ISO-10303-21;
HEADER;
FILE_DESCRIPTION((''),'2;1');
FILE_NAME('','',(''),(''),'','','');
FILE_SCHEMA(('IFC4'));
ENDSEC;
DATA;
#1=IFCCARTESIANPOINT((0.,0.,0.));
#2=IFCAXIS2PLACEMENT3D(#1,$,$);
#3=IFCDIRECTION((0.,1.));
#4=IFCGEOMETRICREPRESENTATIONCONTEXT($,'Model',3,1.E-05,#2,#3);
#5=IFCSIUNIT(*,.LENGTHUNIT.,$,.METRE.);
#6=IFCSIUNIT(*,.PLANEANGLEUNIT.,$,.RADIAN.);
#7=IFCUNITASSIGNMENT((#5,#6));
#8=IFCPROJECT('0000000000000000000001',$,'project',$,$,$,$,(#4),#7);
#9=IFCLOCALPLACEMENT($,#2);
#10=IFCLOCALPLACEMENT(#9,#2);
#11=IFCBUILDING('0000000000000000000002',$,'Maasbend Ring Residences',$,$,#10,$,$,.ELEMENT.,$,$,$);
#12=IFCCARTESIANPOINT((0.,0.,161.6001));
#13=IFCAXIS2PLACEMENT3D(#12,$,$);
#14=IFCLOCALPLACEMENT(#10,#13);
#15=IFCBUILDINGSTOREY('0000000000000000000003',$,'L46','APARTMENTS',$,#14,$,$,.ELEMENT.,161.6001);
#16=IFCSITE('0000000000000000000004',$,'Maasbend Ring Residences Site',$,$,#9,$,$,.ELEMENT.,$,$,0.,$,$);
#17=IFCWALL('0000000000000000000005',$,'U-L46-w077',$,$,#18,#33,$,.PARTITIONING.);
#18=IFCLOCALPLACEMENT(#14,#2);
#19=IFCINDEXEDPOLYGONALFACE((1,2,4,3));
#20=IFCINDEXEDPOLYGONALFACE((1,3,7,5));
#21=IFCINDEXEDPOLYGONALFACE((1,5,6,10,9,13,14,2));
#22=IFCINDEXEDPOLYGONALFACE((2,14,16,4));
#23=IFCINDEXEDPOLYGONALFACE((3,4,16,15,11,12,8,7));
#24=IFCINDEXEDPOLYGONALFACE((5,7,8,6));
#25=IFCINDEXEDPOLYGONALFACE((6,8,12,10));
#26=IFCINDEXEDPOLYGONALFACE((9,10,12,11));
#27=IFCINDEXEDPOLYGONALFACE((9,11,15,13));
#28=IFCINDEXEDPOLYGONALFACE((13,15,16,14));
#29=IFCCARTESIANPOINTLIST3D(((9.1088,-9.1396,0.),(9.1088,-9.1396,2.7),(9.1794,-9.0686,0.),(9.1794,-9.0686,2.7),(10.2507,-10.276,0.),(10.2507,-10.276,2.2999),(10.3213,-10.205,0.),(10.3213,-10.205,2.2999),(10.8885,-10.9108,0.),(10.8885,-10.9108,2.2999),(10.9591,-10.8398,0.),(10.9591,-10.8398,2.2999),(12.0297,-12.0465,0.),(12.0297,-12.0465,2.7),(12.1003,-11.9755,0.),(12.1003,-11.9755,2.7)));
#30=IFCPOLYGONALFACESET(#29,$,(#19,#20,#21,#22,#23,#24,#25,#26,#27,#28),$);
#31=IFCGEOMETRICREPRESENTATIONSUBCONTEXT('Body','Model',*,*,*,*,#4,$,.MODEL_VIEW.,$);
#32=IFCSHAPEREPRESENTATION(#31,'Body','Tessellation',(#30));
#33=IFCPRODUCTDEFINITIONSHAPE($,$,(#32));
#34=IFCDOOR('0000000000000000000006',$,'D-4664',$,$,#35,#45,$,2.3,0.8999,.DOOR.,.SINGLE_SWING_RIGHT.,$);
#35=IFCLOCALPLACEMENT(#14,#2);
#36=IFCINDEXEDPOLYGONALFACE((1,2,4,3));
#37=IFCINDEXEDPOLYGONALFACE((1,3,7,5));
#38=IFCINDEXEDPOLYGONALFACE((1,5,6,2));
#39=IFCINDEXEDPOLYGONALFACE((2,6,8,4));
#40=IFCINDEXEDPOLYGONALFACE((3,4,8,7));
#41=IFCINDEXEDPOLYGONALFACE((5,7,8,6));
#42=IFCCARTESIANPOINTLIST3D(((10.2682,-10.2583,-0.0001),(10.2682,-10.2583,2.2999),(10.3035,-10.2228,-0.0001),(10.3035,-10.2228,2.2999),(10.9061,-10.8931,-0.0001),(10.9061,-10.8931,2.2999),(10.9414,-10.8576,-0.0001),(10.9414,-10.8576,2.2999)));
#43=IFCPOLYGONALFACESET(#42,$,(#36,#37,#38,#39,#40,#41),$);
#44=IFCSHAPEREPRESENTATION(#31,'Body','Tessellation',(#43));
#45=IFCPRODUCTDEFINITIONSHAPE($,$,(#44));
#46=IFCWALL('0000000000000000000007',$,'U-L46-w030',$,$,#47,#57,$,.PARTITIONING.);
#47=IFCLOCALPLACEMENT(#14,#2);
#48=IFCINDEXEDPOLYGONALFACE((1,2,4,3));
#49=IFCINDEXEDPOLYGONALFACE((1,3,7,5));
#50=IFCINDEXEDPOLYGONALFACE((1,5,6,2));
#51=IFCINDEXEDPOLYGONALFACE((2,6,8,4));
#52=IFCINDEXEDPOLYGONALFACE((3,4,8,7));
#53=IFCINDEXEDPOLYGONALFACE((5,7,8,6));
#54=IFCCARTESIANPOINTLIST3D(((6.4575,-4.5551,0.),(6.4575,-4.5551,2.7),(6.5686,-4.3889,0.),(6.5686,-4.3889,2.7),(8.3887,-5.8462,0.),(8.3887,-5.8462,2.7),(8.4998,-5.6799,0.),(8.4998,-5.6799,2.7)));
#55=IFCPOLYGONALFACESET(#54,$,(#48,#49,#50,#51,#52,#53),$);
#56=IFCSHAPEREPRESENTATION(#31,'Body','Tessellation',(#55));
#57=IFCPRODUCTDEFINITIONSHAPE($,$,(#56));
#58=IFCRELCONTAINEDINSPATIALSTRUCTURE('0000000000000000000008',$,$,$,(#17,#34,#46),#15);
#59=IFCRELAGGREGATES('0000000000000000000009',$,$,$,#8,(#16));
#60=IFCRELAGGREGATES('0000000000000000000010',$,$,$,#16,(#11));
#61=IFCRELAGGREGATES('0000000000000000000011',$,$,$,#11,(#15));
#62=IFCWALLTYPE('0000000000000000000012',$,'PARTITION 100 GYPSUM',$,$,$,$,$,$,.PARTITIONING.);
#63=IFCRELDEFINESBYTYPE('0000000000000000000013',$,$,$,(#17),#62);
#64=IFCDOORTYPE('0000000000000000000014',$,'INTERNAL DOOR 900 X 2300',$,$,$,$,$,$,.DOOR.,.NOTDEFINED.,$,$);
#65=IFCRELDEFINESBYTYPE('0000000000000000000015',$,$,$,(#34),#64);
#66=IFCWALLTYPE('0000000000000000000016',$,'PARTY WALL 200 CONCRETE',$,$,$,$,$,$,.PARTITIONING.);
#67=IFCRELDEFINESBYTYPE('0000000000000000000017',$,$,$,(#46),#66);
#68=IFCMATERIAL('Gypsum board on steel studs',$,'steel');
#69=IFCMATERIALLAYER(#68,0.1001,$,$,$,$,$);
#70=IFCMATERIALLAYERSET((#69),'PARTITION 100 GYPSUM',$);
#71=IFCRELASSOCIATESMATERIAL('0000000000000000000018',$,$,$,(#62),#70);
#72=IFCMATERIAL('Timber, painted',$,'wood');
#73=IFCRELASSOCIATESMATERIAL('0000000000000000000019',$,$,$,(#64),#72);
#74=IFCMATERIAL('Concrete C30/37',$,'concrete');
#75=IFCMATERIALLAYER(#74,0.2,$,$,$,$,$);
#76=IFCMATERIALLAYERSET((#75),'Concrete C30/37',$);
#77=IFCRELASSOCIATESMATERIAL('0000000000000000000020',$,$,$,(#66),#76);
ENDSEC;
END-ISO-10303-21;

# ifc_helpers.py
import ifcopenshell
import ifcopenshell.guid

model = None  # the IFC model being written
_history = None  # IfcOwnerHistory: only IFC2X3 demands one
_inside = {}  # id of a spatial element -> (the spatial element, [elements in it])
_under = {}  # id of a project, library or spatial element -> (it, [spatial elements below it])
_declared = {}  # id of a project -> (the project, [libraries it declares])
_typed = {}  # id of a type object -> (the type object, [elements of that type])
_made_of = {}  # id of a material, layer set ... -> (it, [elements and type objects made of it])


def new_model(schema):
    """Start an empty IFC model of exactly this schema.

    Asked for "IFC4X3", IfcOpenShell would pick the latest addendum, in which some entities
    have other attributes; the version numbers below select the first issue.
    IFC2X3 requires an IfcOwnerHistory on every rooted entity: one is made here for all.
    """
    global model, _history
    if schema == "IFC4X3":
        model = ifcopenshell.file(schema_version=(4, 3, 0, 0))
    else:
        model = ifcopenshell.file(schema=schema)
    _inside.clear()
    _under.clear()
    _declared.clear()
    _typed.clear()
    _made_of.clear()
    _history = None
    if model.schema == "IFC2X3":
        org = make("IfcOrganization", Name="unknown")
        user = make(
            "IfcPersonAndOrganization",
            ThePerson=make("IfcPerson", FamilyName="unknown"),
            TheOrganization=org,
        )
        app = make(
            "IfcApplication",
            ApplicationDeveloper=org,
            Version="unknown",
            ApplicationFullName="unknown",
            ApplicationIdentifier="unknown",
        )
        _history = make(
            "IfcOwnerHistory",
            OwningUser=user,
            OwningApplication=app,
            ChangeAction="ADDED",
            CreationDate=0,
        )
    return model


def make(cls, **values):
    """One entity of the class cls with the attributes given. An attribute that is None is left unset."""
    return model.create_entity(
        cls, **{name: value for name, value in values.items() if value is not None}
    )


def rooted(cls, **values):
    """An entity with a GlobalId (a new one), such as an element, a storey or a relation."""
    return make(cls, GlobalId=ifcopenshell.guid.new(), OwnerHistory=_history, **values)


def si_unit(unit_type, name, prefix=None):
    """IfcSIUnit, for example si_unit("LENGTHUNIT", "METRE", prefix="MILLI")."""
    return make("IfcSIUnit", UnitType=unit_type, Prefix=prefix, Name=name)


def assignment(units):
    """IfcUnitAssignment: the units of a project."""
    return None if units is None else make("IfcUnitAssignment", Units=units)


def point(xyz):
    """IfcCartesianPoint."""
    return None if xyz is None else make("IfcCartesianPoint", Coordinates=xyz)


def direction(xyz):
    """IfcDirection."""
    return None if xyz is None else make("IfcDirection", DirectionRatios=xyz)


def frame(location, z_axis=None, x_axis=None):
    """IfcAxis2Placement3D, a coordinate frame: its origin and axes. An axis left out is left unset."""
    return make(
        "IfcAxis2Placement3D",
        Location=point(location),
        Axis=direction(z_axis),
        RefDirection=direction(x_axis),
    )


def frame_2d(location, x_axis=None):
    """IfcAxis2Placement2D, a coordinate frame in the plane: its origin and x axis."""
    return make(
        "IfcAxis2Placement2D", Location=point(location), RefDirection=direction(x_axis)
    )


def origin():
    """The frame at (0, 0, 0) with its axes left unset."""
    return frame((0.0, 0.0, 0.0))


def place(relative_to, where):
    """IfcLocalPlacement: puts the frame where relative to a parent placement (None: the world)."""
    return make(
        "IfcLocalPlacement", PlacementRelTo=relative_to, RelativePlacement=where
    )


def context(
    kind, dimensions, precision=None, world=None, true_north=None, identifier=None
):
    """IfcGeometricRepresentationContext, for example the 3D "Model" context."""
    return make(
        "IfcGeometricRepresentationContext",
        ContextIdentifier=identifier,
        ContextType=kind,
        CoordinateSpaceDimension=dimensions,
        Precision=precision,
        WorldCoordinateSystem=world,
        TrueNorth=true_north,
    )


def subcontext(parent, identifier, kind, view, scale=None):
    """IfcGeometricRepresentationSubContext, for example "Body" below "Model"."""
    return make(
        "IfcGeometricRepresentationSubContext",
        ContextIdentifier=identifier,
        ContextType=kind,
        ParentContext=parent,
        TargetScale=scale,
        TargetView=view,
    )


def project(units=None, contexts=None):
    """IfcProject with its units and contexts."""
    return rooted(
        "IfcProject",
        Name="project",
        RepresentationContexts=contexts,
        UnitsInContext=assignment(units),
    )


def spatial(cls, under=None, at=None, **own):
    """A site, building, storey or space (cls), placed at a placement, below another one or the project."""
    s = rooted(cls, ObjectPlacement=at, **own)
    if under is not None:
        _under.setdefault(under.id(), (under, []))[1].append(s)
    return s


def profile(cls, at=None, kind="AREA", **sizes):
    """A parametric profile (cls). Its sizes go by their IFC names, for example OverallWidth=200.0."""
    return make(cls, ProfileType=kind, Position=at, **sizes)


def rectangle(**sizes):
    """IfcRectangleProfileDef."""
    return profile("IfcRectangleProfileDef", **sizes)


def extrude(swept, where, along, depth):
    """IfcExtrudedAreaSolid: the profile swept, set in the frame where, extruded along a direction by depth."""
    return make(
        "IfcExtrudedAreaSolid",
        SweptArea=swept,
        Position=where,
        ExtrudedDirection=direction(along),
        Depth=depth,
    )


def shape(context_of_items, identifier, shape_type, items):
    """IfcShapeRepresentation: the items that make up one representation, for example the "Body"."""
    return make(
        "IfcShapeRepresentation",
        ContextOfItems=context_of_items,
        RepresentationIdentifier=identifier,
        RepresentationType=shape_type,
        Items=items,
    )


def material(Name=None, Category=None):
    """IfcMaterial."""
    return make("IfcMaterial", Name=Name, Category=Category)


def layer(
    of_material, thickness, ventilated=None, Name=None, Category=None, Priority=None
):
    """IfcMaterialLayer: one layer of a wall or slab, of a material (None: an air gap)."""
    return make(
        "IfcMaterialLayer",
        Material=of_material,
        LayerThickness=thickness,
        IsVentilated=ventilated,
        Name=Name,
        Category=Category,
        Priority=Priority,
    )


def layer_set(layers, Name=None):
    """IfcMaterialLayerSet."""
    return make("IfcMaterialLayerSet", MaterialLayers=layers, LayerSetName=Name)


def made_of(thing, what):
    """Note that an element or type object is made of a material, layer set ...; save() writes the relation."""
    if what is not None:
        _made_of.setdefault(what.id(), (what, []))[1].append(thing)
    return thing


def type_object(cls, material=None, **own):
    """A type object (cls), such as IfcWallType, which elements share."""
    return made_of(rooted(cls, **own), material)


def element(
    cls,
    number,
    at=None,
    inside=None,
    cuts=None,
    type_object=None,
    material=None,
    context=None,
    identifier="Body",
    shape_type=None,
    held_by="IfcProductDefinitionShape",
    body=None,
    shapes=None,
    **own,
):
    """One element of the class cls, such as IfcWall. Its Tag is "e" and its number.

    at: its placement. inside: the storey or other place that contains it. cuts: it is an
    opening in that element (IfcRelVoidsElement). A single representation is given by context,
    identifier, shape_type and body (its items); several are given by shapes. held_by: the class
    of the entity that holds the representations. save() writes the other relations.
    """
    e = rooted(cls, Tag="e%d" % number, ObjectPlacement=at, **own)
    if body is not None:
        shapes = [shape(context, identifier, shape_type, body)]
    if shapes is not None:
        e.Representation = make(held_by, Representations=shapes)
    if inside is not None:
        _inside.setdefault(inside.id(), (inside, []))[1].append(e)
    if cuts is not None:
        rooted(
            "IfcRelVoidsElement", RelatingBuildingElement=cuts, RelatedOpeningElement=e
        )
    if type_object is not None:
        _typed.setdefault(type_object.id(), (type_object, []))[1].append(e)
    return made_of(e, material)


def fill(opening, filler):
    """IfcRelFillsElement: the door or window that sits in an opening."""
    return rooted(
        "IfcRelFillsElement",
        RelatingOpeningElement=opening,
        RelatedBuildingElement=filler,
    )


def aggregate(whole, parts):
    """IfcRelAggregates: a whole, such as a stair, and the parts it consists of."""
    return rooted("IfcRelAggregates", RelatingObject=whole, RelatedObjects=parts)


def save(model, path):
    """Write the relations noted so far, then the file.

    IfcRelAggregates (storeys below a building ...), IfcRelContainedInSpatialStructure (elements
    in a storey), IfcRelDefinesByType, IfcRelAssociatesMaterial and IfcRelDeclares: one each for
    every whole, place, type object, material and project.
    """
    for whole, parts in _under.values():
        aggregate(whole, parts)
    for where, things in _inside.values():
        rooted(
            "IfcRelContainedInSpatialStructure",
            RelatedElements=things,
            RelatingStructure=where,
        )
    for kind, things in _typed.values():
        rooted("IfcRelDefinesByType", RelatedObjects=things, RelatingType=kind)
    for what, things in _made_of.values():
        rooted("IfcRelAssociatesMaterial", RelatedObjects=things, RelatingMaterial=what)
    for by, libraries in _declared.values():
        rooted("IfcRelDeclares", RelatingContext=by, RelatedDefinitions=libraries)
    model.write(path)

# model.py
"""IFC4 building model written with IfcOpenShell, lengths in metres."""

from ifc_helpers import new_model, si_unit, direction, frame, frame_2d, origin, place, context, subcontext, project, spatial, rectangle, extrude, material, layer, layer_set, type_object, element, fill, save


model = new_model("IFC4")

# Units and contexts
model_context = context("Model", 3, precision=1e-05, world=origin(), true_north=direction((0.0, 1.0)))
body_context = subcontext(model_context, "Body", "Model", "MODEL_VIEW")
ifc_project = project(units=[si_unit("LENGTHUNIT", "METRE"), si_unit("PLANEANGLEUNIT", "RADIAN")], contexts=[model_context])

# Site, building, storey
site_placement = place(None, origin())
site = spatial("IfcSite", under=ifc_project, at=site_placement, Name="Maasbend Ring Residences Site", CompositionType="ELEMENT", RefElevation=0.0)
building_placement = place(site_placement, origin())
building = spatial("IfcBuilding", under=site, at=building_placement, Name="Maasbend Ring Residences", CompositionType="ELEMENT")
storey_placement = place(building_placement, frame((0.0, 0.0, 161.6001)))
storey = spatial("IfcBuildingStorey", under=building, at=storey_placement, Name="L46", Description="APARTMENTS", CompositionType="ELEMENT", Elevation=161.6001)

# Shared definitions
ifc_material_1 = material(Name="Gypsum board on steel studs", Category="steel")
ifc_layer_1 = layer(ifc_material_1, 0.1001)
ifc_layer_set_1 = layer_set([ifc_layer_1], Name="PARTITION 100 GYPSUM")
wall_type_1 = type_object("IfcWallType", Name="PARTITION 100 GYPSUM", PredefinedType="PARTITIONING", material=ifc_layer_set_1)

# Wall, opening, door
wall_1_placement = place(storey_placement, frame((9.144, -9.104, 0.0), z_axis=(0.0, 0.0, 1.0), x_axis=(0.708793, -0.705416, 0.0)))
wall_1 = element("IfcWall", 1, at=wall_1_placement, inside=storey, type_object=wall_type_1, Name="U-L46-w077", PredefinedType="PARTITIONING", context=body_context, shape_type="SweptSolid", body=[
    extrude(rectangle(XDim=4.1208, YDim=0.1001, at=frame_2d((2.0605, 0.0))), origin(), (0.0, 0.0, 1.0), 2.7),
])
opening_1_placement = place(wall_1_placement, frame((1.6111, 0.0, 0.0)))
opening_1 = element("IfcOpeningElement", 2, at=opening_1_placement, cuts=wall_1, PredefinedType="OPENING", context=body_context, shape_type="SweptSolid", body=[
    extrude(rectangle(XDim=0.8999, YDim=2.3, at=frame_2d((0.45, 1.1499))), frame((0.0, 0.0601, 0.0), z_axis=(0.0, -1.0, 0.0), x_axis=(1.0, 0.0, 0.0)), (0.0, 0.0, 1.0), 0.1201),
])
ifc_material_2 = material(Name="Timber, painted", Category="wood")
door_type_1 = type_object("IfcDoorType", Name="INTERNAL DOOR 900 X 2300", OperationType="NOTDEFINED", PredefinedType="DOOR", material=ifc_material_2)
door_1_placement = place(opening_1_placement, origin())
door_1 = element("IfcDoor", 3, at=door_1_placement, inside=storey, type_object=door_type_1, Name="D-4664", OperationType="SINGLE_SWING_RIGHT", OverallHeight=2.3, OverallWidth=0.8999, PredefinedType="DOOR", context=body_context, shape_type="SweptSolid", body=[
    extrude(rectangle(XDim=0.8999, YDim=2.3, at=frame_2d((0.45, 1.1499))), frame((0.0, 0.0249, 0.0), z_axis=(0.0, -1.0, 0.0), x_axis=(1.0, 0.0, 0.0)), (0.0, 0.0, 1.0), 0.05),
])
fill(opening_1, door_1)

# Wall
ifc_material_3 = material(Name="Concrete C30/37", Category="concrete")
ifc_layer_2 = layer(ifc_material_3, 0.2)
ifc_layer_set_2 = layer_set([ifc_layer_2], Name="Concrete C30/37")
wall_type_2 = type_object("IfcWallType", Name="PARTY WALL 200 CONCRETE", PredefinedType="PARTITIONING", material=ifc_layer_set_2)
wall_2_placement = place(storey_placement, frame((6.5129, -4.4719, 0.0), z_axis=(0.0, 0.0, 1.0), x_axis=(0.831338, -0.555767, 0.0)))
element("IfcWall", 4, at=wall_2_placement, inside=storey, type_object=wall_type_2, Name="U-L46-w030", PredefinedType="PARTITIONING", context=body_context, shape_type="SweptSolid", body=[
    extrude(rectangle(XDim=2.323, YDim=0.2, at=frame_2d((1.1616, 0.0))), origin(), (0.0, 0.0, 1.0), 2.7),
])

save(model, "model.ifc")
